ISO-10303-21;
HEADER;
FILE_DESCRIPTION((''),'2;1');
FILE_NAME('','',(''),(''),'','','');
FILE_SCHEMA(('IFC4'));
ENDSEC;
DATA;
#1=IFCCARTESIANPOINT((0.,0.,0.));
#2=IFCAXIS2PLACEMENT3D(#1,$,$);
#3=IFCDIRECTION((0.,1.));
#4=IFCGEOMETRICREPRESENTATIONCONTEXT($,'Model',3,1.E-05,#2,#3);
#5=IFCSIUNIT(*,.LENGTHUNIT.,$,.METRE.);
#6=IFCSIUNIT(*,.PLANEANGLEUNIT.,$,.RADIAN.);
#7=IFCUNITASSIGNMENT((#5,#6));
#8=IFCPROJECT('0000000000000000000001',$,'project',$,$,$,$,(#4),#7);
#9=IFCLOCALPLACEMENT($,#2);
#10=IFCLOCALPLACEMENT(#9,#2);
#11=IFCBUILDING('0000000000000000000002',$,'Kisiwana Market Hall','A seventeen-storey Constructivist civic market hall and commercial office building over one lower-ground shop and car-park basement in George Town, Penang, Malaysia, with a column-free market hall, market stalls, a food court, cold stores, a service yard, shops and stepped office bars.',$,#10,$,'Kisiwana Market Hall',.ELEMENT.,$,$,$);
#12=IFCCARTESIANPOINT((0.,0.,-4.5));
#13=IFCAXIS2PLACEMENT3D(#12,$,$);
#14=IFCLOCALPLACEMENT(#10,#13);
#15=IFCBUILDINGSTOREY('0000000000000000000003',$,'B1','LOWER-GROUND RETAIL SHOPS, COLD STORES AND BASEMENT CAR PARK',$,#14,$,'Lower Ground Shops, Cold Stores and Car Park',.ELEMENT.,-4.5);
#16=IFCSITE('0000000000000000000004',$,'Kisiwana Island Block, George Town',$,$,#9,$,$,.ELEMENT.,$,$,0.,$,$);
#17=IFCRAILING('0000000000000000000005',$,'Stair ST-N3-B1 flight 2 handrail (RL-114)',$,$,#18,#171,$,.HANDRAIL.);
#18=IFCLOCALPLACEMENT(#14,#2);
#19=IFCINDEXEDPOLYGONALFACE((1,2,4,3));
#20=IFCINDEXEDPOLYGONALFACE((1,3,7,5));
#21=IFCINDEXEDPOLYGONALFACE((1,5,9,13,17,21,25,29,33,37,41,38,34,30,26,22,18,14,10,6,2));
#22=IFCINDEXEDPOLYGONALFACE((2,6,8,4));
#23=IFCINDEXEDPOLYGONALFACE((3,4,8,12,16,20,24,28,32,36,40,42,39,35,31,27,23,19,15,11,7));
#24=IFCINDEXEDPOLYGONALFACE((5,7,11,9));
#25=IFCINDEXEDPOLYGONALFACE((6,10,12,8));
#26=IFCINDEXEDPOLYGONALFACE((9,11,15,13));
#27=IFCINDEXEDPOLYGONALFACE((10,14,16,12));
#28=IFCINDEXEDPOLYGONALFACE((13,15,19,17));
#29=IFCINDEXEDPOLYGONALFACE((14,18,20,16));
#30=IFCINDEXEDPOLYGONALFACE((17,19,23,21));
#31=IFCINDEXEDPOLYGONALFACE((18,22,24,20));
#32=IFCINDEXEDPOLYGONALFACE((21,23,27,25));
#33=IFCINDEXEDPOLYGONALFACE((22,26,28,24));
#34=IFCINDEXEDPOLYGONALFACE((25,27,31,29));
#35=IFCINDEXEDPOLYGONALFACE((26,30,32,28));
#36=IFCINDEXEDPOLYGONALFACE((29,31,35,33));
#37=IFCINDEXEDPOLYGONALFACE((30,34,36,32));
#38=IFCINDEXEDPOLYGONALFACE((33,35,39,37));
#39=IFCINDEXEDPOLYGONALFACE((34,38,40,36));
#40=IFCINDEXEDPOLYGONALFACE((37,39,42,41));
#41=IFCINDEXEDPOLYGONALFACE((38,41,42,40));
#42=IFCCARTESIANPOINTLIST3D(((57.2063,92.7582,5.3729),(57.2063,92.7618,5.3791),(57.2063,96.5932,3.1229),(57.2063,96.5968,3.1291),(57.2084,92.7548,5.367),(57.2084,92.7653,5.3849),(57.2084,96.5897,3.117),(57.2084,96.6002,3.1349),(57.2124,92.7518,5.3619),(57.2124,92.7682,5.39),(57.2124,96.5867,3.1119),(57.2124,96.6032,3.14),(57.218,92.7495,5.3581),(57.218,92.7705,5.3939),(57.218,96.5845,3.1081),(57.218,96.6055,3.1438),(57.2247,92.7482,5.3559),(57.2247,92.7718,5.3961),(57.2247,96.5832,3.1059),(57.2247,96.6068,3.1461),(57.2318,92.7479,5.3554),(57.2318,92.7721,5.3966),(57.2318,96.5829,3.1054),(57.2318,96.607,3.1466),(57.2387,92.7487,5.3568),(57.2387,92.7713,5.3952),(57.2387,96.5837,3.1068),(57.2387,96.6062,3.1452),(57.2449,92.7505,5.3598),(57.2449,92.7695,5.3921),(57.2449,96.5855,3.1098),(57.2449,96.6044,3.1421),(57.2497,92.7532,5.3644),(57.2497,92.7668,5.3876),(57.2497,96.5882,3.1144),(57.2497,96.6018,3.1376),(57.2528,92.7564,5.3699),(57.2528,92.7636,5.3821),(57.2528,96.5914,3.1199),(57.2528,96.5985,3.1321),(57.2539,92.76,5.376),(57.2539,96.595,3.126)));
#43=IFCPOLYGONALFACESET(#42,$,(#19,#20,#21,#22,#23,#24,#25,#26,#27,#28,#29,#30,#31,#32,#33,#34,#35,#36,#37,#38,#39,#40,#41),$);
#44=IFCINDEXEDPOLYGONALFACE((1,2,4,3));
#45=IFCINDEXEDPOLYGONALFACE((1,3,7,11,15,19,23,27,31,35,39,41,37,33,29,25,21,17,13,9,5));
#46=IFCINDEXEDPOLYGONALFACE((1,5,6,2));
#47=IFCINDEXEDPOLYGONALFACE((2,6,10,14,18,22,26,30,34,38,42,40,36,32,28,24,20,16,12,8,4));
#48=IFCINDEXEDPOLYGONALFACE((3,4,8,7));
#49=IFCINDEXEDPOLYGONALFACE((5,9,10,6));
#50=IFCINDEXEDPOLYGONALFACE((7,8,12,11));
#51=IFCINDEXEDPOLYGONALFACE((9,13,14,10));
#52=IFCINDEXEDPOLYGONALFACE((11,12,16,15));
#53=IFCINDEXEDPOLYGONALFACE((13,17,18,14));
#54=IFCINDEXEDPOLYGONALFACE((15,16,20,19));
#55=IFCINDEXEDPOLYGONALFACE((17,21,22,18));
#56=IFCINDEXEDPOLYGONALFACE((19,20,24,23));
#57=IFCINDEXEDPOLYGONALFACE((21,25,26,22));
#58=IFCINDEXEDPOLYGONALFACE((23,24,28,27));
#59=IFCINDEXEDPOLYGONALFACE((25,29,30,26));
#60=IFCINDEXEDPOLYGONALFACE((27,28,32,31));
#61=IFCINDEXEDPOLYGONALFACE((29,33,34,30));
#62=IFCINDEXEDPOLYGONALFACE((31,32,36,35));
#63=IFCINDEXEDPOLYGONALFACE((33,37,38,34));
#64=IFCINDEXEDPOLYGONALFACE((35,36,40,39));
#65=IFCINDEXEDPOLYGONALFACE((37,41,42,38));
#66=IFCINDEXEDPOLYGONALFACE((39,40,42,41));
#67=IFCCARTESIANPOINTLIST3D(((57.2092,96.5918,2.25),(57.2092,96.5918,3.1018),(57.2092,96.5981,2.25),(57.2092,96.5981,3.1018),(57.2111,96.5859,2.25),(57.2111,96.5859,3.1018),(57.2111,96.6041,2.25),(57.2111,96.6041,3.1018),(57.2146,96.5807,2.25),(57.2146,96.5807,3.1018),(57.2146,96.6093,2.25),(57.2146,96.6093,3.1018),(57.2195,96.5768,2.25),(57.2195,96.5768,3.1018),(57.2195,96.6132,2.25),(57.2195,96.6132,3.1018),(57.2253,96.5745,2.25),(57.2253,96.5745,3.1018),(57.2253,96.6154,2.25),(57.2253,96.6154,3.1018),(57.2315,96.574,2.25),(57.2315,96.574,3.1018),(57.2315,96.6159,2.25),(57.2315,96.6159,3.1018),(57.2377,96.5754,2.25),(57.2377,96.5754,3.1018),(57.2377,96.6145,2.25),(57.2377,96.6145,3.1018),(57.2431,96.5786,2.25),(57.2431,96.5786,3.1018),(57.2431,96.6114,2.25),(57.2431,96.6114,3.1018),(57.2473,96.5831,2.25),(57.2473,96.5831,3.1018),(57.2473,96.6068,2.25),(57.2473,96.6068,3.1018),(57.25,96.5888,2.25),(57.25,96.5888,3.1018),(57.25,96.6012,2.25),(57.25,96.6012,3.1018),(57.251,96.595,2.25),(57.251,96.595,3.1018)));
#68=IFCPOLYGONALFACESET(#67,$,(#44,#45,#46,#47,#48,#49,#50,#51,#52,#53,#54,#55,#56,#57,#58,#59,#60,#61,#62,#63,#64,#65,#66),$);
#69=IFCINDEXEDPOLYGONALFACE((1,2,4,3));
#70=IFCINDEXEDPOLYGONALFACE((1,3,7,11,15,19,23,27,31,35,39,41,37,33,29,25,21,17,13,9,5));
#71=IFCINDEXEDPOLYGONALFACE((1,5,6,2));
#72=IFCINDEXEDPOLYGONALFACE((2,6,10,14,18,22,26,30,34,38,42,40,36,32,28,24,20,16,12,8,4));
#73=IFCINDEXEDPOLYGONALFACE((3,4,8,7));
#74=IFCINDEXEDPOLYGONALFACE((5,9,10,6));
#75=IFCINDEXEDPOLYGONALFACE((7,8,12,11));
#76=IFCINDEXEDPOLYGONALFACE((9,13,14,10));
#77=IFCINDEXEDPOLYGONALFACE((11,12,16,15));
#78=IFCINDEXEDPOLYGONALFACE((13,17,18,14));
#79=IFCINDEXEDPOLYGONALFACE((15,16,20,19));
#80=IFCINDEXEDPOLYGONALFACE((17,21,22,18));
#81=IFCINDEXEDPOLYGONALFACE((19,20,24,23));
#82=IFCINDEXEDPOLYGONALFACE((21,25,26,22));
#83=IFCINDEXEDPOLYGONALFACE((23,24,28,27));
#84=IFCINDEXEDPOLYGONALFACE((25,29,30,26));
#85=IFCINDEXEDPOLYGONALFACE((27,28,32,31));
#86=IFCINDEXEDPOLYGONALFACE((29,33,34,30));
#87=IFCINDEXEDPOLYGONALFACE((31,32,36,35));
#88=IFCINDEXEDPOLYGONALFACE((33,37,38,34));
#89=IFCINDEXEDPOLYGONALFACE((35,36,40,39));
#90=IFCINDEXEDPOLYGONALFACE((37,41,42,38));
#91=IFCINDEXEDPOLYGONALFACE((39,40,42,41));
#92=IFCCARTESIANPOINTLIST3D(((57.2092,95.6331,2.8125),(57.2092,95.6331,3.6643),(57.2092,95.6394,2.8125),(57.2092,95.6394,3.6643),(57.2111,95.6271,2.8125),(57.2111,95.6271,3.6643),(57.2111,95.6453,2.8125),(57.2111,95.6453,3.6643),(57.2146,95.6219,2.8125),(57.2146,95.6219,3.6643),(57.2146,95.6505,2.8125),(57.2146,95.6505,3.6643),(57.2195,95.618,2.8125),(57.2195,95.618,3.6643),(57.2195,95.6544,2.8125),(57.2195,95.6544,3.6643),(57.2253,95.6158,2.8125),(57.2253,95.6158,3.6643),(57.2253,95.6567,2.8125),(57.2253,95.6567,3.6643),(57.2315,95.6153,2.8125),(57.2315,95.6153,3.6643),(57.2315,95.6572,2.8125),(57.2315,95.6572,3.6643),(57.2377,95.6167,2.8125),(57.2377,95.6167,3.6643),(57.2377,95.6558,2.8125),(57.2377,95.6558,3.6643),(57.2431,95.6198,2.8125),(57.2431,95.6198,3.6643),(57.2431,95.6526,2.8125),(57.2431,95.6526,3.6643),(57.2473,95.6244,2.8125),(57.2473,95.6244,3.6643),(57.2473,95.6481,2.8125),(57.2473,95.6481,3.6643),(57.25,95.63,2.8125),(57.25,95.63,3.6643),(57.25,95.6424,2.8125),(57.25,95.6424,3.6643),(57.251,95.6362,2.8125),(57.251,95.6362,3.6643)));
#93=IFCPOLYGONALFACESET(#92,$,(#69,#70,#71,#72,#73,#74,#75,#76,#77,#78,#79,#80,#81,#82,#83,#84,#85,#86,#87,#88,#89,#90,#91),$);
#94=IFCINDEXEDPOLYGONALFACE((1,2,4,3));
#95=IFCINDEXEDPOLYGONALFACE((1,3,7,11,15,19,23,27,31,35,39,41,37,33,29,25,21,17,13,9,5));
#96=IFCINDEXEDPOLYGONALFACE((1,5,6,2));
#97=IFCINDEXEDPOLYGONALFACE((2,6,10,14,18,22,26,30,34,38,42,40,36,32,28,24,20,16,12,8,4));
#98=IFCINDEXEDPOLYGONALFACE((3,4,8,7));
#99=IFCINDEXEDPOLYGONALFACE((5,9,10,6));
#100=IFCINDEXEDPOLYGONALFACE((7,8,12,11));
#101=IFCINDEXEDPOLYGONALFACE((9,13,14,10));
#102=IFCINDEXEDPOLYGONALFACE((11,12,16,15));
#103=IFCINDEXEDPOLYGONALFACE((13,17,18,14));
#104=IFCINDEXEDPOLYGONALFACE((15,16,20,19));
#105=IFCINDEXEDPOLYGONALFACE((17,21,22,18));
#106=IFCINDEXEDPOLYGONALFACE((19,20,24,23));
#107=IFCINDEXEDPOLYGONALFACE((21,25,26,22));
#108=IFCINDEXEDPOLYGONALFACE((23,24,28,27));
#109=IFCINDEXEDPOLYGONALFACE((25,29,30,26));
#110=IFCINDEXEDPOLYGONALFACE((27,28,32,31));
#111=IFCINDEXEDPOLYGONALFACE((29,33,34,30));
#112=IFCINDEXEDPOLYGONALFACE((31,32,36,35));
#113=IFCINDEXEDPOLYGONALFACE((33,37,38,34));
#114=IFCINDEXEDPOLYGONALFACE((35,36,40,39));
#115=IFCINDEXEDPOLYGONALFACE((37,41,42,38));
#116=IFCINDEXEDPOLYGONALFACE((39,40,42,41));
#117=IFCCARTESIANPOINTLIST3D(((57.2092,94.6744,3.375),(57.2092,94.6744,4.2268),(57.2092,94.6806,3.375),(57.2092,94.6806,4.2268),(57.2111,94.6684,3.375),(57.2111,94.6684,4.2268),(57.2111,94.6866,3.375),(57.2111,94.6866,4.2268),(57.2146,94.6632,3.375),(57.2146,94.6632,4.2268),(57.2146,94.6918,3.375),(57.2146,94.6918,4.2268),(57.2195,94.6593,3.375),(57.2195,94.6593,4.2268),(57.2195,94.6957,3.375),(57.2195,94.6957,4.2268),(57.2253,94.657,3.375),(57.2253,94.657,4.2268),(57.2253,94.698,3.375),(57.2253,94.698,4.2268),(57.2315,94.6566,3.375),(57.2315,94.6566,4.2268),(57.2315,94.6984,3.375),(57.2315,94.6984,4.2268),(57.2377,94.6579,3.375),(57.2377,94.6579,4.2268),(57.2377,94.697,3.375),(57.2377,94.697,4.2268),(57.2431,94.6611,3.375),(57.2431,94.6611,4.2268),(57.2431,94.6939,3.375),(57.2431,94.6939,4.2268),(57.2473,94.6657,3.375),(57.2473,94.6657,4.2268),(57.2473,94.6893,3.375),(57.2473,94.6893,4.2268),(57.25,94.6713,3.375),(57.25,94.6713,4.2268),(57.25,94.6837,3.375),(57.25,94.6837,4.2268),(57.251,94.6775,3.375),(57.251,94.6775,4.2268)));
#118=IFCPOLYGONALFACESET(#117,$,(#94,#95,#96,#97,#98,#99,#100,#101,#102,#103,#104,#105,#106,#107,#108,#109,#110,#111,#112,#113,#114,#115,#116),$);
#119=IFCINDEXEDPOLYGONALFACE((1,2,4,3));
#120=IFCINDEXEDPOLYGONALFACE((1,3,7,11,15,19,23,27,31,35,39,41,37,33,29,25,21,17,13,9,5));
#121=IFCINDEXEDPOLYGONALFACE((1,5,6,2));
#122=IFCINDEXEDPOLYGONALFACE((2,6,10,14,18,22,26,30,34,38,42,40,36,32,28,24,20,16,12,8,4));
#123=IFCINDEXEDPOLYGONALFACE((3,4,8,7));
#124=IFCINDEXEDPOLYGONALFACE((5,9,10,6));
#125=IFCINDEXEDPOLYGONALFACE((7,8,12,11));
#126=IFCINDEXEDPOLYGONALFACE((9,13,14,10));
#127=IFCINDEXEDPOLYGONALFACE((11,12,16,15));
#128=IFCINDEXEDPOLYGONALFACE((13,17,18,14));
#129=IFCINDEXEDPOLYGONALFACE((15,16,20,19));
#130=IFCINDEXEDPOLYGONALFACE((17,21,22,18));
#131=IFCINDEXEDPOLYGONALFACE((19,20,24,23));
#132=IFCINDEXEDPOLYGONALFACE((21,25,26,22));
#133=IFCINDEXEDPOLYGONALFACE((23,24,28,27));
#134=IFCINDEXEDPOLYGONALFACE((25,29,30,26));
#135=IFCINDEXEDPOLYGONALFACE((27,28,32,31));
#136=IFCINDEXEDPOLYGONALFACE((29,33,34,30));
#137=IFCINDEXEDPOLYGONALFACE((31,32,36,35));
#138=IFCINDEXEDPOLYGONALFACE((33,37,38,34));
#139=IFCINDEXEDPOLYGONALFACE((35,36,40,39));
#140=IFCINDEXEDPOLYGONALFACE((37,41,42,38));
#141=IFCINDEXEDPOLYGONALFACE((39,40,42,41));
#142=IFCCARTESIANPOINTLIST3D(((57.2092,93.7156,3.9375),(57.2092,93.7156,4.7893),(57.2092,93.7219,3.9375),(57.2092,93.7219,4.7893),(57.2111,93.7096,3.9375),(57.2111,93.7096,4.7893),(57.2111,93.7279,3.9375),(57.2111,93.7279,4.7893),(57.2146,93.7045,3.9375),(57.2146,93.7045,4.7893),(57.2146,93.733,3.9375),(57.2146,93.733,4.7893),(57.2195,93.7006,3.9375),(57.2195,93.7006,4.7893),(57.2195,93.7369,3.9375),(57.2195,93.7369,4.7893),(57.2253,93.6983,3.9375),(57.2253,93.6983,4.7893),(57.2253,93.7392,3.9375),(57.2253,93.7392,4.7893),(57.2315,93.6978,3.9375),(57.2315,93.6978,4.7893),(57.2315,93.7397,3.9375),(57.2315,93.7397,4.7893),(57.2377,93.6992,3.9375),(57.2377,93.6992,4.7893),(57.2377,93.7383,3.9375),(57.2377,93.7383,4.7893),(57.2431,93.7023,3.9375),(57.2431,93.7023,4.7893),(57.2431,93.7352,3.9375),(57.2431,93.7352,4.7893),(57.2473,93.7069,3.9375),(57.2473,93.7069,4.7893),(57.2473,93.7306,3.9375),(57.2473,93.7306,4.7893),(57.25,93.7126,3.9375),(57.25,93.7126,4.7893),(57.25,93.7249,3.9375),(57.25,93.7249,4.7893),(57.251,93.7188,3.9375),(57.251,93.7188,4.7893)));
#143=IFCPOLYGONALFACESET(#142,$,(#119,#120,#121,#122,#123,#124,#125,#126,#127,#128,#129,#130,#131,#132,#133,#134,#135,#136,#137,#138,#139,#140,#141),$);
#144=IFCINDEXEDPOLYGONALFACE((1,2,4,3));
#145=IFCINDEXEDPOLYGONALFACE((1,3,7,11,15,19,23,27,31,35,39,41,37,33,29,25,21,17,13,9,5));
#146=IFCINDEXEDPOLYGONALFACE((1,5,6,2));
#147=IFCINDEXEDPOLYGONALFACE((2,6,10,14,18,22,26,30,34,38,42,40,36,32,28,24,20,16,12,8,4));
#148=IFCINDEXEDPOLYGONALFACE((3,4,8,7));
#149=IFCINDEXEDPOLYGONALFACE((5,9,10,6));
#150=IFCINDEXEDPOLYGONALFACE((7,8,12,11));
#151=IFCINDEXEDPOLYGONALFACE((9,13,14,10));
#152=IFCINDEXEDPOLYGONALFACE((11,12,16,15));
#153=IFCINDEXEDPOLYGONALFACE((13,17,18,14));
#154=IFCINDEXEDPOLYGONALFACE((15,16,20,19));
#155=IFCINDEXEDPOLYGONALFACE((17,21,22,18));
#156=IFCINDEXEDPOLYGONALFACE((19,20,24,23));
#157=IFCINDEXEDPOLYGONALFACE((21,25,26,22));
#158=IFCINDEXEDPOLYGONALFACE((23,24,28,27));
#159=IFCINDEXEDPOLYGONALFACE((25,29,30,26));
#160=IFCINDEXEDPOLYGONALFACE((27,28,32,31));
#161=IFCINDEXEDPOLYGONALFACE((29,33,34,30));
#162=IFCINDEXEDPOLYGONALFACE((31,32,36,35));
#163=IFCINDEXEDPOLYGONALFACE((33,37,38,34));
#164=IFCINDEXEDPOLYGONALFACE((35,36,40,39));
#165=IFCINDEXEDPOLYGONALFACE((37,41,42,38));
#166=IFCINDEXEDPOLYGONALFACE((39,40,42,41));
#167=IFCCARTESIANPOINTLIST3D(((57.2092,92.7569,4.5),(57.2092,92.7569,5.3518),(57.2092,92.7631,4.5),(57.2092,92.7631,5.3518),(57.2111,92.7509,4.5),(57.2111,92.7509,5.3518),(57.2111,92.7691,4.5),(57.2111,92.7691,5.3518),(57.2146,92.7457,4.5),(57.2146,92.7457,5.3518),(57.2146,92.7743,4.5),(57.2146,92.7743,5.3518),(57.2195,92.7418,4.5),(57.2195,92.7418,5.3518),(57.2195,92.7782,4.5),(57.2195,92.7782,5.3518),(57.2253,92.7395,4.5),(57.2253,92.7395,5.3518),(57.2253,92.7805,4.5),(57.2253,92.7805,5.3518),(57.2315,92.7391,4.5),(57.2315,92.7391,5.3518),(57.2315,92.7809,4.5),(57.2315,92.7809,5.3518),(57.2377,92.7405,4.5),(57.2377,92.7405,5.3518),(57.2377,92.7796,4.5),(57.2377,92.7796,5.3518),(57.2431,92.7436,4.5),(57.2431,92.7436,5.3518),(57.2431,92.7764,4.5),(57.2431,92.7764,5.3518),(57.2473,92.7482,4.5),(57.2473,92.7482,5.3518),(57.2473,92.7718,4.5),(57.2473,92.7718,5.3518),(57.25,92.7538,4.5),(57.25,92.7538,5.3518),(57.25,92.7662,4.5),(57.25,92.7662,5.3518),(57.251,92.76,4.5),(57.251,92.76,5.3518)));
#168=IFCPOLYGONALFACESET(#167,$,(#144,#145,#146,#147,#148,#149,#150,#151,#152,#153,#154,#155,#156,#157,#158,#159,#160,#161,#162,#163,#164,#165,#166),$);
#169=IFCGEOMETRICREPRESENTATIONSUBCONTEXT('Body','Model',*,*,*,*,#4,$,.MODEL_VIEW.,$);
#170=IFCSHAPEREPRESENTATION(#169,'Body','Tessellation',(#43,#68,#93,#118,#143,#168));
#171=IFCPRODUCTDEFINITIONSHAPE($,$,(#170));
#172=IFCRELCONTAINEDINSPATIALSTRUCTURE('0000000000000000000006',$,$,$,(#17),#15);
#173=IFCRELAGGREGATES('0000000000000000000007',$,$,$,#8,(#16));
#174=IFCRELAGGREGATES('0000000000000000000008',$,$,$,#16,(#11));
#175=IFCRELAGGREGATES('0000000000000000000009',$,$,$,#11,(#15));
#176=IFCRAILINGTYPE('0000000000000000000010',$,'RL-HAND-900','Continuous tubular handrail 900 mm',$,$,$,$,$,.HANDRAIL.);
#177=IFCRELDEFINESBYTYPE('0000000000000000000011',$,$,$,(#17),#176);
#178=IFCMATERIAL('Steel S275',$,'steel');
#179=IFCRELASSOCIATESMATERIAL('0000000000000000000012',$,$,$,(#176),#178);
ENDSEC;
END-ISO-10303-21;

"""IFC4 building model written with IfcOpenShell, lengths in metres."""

from ifc_helpers import new_model, si_unit, direction, frame, origin, origin_2d, place, context, subcontext, project, spatial, circle, extrude, material, type_object, element, save


model = new_model("IFC4")

# Units and contexts
model_context = context("Model", 3, precision=1e-05, world=origin(), true_north=direction((0.0, 1.0)))
body_context = subcontext(model_context, "Body", "Model", "MODEL_VIEW")
ifc_project = project(units=[si_unit("LENGTHUNIT", "METRE"), si_unit("PLANEANGLEUNIT", "RADIAN")], contexts=[model_context])

# Site, building, storey
site_placement = place(None, origin())
site = spatial("IfcSite", under=ifc_project, at=site_placement, Name="Kisiwana Island Block, George Town", CompositionType="ELEMENT", RefElevation=0.0)
building_placement = place(site_placement, origin())
building = spatial("IfcBuilding", under=site, at=building_placement, Name="Kisiwana Market Hall", Description="A seventeen-storey Constructivist civic market hall and commercial office building over one lower-ground shop and car-park basement in George Town, Penang, Malaysia, with a column-free market hall, market stalls, a food court, cold stores, a service yard, shops and stepped office bars.", LongName="Kisiwana Market Hall", CompositionType="ELEMENT")
storey_placement = place(building_placement, frame((0.0, 0.0, -4.5)))
storey = spatial("IfcBuildingStorey", under=building, at=storey_placement, Name="B1", Description="LOWER-GROUND RETAIL SHOPS, COLD STORES AND BASEMENT CAR PARK", LongName="Lower Ground Shops, Cold Stores and Car Park", CompositionType="ELEMENT", Elevation=-4.5)

# Railing
ifc_material_1 = material(Name="Steel S275", Category="steel")
railing_type_1 = type_object("IfcRailingType", Name="RL-HAND-900", Description="Continuous tubular handrail 900 mm", PredefinedType="HANDRAIL", material=ifc_material_1)
railing_1_placement = place(storey_placement, frame((57.23, 96.595, 2.25)))
element("IfcRailing", 1, at=railing_1_placement, inside=storey, type_object=railing_type_1, Name="Stair ST-N3-B1 flight 2 handrail (RL-114)", PredefinedType="HANDRAIL", context=body_context, shape_type="SweptSolid", body=[
    extrude(circle(Radius=0.0239, at=origin_2d()), frame((0.0, 0.0, 0.876), z_axis=(0.0, -0.86251, 0.506041), x_axis=(1.0, 0.0, 0.0)), (0.0, 0.0, 1.0), 4.4463),
    extrude(circle(Radius=0.021, at=origin_2d()), origin(), (0.0, 0.0, 1.0), 0.8518),
    extrude(circle(Radius=0.021, at=origin_2d()), frame((0.0, -0.9587, 0.5625)), (0.0, 0.0, 1.0), 0.8518),
    extrude(circle(Radius=0.021, at=origin_2d()), frame((0.0, -1.9175, 1.125)), (0.0, 0.0, 1.0), 0.8518),
    extrude(circle(Radius=0.021, at=origin_2d()), frame((0.0, -2.8762, 1.6875)), (0.0, 0.0, 1.0), 0.8518),
    extrude(circle(Radius=0.021, at=origin_2d()), frame((0.0, -3.835, 2.25)), (0.0, 0.0, 1.0), 0.8518),
])

save(model, "model.ifc")
